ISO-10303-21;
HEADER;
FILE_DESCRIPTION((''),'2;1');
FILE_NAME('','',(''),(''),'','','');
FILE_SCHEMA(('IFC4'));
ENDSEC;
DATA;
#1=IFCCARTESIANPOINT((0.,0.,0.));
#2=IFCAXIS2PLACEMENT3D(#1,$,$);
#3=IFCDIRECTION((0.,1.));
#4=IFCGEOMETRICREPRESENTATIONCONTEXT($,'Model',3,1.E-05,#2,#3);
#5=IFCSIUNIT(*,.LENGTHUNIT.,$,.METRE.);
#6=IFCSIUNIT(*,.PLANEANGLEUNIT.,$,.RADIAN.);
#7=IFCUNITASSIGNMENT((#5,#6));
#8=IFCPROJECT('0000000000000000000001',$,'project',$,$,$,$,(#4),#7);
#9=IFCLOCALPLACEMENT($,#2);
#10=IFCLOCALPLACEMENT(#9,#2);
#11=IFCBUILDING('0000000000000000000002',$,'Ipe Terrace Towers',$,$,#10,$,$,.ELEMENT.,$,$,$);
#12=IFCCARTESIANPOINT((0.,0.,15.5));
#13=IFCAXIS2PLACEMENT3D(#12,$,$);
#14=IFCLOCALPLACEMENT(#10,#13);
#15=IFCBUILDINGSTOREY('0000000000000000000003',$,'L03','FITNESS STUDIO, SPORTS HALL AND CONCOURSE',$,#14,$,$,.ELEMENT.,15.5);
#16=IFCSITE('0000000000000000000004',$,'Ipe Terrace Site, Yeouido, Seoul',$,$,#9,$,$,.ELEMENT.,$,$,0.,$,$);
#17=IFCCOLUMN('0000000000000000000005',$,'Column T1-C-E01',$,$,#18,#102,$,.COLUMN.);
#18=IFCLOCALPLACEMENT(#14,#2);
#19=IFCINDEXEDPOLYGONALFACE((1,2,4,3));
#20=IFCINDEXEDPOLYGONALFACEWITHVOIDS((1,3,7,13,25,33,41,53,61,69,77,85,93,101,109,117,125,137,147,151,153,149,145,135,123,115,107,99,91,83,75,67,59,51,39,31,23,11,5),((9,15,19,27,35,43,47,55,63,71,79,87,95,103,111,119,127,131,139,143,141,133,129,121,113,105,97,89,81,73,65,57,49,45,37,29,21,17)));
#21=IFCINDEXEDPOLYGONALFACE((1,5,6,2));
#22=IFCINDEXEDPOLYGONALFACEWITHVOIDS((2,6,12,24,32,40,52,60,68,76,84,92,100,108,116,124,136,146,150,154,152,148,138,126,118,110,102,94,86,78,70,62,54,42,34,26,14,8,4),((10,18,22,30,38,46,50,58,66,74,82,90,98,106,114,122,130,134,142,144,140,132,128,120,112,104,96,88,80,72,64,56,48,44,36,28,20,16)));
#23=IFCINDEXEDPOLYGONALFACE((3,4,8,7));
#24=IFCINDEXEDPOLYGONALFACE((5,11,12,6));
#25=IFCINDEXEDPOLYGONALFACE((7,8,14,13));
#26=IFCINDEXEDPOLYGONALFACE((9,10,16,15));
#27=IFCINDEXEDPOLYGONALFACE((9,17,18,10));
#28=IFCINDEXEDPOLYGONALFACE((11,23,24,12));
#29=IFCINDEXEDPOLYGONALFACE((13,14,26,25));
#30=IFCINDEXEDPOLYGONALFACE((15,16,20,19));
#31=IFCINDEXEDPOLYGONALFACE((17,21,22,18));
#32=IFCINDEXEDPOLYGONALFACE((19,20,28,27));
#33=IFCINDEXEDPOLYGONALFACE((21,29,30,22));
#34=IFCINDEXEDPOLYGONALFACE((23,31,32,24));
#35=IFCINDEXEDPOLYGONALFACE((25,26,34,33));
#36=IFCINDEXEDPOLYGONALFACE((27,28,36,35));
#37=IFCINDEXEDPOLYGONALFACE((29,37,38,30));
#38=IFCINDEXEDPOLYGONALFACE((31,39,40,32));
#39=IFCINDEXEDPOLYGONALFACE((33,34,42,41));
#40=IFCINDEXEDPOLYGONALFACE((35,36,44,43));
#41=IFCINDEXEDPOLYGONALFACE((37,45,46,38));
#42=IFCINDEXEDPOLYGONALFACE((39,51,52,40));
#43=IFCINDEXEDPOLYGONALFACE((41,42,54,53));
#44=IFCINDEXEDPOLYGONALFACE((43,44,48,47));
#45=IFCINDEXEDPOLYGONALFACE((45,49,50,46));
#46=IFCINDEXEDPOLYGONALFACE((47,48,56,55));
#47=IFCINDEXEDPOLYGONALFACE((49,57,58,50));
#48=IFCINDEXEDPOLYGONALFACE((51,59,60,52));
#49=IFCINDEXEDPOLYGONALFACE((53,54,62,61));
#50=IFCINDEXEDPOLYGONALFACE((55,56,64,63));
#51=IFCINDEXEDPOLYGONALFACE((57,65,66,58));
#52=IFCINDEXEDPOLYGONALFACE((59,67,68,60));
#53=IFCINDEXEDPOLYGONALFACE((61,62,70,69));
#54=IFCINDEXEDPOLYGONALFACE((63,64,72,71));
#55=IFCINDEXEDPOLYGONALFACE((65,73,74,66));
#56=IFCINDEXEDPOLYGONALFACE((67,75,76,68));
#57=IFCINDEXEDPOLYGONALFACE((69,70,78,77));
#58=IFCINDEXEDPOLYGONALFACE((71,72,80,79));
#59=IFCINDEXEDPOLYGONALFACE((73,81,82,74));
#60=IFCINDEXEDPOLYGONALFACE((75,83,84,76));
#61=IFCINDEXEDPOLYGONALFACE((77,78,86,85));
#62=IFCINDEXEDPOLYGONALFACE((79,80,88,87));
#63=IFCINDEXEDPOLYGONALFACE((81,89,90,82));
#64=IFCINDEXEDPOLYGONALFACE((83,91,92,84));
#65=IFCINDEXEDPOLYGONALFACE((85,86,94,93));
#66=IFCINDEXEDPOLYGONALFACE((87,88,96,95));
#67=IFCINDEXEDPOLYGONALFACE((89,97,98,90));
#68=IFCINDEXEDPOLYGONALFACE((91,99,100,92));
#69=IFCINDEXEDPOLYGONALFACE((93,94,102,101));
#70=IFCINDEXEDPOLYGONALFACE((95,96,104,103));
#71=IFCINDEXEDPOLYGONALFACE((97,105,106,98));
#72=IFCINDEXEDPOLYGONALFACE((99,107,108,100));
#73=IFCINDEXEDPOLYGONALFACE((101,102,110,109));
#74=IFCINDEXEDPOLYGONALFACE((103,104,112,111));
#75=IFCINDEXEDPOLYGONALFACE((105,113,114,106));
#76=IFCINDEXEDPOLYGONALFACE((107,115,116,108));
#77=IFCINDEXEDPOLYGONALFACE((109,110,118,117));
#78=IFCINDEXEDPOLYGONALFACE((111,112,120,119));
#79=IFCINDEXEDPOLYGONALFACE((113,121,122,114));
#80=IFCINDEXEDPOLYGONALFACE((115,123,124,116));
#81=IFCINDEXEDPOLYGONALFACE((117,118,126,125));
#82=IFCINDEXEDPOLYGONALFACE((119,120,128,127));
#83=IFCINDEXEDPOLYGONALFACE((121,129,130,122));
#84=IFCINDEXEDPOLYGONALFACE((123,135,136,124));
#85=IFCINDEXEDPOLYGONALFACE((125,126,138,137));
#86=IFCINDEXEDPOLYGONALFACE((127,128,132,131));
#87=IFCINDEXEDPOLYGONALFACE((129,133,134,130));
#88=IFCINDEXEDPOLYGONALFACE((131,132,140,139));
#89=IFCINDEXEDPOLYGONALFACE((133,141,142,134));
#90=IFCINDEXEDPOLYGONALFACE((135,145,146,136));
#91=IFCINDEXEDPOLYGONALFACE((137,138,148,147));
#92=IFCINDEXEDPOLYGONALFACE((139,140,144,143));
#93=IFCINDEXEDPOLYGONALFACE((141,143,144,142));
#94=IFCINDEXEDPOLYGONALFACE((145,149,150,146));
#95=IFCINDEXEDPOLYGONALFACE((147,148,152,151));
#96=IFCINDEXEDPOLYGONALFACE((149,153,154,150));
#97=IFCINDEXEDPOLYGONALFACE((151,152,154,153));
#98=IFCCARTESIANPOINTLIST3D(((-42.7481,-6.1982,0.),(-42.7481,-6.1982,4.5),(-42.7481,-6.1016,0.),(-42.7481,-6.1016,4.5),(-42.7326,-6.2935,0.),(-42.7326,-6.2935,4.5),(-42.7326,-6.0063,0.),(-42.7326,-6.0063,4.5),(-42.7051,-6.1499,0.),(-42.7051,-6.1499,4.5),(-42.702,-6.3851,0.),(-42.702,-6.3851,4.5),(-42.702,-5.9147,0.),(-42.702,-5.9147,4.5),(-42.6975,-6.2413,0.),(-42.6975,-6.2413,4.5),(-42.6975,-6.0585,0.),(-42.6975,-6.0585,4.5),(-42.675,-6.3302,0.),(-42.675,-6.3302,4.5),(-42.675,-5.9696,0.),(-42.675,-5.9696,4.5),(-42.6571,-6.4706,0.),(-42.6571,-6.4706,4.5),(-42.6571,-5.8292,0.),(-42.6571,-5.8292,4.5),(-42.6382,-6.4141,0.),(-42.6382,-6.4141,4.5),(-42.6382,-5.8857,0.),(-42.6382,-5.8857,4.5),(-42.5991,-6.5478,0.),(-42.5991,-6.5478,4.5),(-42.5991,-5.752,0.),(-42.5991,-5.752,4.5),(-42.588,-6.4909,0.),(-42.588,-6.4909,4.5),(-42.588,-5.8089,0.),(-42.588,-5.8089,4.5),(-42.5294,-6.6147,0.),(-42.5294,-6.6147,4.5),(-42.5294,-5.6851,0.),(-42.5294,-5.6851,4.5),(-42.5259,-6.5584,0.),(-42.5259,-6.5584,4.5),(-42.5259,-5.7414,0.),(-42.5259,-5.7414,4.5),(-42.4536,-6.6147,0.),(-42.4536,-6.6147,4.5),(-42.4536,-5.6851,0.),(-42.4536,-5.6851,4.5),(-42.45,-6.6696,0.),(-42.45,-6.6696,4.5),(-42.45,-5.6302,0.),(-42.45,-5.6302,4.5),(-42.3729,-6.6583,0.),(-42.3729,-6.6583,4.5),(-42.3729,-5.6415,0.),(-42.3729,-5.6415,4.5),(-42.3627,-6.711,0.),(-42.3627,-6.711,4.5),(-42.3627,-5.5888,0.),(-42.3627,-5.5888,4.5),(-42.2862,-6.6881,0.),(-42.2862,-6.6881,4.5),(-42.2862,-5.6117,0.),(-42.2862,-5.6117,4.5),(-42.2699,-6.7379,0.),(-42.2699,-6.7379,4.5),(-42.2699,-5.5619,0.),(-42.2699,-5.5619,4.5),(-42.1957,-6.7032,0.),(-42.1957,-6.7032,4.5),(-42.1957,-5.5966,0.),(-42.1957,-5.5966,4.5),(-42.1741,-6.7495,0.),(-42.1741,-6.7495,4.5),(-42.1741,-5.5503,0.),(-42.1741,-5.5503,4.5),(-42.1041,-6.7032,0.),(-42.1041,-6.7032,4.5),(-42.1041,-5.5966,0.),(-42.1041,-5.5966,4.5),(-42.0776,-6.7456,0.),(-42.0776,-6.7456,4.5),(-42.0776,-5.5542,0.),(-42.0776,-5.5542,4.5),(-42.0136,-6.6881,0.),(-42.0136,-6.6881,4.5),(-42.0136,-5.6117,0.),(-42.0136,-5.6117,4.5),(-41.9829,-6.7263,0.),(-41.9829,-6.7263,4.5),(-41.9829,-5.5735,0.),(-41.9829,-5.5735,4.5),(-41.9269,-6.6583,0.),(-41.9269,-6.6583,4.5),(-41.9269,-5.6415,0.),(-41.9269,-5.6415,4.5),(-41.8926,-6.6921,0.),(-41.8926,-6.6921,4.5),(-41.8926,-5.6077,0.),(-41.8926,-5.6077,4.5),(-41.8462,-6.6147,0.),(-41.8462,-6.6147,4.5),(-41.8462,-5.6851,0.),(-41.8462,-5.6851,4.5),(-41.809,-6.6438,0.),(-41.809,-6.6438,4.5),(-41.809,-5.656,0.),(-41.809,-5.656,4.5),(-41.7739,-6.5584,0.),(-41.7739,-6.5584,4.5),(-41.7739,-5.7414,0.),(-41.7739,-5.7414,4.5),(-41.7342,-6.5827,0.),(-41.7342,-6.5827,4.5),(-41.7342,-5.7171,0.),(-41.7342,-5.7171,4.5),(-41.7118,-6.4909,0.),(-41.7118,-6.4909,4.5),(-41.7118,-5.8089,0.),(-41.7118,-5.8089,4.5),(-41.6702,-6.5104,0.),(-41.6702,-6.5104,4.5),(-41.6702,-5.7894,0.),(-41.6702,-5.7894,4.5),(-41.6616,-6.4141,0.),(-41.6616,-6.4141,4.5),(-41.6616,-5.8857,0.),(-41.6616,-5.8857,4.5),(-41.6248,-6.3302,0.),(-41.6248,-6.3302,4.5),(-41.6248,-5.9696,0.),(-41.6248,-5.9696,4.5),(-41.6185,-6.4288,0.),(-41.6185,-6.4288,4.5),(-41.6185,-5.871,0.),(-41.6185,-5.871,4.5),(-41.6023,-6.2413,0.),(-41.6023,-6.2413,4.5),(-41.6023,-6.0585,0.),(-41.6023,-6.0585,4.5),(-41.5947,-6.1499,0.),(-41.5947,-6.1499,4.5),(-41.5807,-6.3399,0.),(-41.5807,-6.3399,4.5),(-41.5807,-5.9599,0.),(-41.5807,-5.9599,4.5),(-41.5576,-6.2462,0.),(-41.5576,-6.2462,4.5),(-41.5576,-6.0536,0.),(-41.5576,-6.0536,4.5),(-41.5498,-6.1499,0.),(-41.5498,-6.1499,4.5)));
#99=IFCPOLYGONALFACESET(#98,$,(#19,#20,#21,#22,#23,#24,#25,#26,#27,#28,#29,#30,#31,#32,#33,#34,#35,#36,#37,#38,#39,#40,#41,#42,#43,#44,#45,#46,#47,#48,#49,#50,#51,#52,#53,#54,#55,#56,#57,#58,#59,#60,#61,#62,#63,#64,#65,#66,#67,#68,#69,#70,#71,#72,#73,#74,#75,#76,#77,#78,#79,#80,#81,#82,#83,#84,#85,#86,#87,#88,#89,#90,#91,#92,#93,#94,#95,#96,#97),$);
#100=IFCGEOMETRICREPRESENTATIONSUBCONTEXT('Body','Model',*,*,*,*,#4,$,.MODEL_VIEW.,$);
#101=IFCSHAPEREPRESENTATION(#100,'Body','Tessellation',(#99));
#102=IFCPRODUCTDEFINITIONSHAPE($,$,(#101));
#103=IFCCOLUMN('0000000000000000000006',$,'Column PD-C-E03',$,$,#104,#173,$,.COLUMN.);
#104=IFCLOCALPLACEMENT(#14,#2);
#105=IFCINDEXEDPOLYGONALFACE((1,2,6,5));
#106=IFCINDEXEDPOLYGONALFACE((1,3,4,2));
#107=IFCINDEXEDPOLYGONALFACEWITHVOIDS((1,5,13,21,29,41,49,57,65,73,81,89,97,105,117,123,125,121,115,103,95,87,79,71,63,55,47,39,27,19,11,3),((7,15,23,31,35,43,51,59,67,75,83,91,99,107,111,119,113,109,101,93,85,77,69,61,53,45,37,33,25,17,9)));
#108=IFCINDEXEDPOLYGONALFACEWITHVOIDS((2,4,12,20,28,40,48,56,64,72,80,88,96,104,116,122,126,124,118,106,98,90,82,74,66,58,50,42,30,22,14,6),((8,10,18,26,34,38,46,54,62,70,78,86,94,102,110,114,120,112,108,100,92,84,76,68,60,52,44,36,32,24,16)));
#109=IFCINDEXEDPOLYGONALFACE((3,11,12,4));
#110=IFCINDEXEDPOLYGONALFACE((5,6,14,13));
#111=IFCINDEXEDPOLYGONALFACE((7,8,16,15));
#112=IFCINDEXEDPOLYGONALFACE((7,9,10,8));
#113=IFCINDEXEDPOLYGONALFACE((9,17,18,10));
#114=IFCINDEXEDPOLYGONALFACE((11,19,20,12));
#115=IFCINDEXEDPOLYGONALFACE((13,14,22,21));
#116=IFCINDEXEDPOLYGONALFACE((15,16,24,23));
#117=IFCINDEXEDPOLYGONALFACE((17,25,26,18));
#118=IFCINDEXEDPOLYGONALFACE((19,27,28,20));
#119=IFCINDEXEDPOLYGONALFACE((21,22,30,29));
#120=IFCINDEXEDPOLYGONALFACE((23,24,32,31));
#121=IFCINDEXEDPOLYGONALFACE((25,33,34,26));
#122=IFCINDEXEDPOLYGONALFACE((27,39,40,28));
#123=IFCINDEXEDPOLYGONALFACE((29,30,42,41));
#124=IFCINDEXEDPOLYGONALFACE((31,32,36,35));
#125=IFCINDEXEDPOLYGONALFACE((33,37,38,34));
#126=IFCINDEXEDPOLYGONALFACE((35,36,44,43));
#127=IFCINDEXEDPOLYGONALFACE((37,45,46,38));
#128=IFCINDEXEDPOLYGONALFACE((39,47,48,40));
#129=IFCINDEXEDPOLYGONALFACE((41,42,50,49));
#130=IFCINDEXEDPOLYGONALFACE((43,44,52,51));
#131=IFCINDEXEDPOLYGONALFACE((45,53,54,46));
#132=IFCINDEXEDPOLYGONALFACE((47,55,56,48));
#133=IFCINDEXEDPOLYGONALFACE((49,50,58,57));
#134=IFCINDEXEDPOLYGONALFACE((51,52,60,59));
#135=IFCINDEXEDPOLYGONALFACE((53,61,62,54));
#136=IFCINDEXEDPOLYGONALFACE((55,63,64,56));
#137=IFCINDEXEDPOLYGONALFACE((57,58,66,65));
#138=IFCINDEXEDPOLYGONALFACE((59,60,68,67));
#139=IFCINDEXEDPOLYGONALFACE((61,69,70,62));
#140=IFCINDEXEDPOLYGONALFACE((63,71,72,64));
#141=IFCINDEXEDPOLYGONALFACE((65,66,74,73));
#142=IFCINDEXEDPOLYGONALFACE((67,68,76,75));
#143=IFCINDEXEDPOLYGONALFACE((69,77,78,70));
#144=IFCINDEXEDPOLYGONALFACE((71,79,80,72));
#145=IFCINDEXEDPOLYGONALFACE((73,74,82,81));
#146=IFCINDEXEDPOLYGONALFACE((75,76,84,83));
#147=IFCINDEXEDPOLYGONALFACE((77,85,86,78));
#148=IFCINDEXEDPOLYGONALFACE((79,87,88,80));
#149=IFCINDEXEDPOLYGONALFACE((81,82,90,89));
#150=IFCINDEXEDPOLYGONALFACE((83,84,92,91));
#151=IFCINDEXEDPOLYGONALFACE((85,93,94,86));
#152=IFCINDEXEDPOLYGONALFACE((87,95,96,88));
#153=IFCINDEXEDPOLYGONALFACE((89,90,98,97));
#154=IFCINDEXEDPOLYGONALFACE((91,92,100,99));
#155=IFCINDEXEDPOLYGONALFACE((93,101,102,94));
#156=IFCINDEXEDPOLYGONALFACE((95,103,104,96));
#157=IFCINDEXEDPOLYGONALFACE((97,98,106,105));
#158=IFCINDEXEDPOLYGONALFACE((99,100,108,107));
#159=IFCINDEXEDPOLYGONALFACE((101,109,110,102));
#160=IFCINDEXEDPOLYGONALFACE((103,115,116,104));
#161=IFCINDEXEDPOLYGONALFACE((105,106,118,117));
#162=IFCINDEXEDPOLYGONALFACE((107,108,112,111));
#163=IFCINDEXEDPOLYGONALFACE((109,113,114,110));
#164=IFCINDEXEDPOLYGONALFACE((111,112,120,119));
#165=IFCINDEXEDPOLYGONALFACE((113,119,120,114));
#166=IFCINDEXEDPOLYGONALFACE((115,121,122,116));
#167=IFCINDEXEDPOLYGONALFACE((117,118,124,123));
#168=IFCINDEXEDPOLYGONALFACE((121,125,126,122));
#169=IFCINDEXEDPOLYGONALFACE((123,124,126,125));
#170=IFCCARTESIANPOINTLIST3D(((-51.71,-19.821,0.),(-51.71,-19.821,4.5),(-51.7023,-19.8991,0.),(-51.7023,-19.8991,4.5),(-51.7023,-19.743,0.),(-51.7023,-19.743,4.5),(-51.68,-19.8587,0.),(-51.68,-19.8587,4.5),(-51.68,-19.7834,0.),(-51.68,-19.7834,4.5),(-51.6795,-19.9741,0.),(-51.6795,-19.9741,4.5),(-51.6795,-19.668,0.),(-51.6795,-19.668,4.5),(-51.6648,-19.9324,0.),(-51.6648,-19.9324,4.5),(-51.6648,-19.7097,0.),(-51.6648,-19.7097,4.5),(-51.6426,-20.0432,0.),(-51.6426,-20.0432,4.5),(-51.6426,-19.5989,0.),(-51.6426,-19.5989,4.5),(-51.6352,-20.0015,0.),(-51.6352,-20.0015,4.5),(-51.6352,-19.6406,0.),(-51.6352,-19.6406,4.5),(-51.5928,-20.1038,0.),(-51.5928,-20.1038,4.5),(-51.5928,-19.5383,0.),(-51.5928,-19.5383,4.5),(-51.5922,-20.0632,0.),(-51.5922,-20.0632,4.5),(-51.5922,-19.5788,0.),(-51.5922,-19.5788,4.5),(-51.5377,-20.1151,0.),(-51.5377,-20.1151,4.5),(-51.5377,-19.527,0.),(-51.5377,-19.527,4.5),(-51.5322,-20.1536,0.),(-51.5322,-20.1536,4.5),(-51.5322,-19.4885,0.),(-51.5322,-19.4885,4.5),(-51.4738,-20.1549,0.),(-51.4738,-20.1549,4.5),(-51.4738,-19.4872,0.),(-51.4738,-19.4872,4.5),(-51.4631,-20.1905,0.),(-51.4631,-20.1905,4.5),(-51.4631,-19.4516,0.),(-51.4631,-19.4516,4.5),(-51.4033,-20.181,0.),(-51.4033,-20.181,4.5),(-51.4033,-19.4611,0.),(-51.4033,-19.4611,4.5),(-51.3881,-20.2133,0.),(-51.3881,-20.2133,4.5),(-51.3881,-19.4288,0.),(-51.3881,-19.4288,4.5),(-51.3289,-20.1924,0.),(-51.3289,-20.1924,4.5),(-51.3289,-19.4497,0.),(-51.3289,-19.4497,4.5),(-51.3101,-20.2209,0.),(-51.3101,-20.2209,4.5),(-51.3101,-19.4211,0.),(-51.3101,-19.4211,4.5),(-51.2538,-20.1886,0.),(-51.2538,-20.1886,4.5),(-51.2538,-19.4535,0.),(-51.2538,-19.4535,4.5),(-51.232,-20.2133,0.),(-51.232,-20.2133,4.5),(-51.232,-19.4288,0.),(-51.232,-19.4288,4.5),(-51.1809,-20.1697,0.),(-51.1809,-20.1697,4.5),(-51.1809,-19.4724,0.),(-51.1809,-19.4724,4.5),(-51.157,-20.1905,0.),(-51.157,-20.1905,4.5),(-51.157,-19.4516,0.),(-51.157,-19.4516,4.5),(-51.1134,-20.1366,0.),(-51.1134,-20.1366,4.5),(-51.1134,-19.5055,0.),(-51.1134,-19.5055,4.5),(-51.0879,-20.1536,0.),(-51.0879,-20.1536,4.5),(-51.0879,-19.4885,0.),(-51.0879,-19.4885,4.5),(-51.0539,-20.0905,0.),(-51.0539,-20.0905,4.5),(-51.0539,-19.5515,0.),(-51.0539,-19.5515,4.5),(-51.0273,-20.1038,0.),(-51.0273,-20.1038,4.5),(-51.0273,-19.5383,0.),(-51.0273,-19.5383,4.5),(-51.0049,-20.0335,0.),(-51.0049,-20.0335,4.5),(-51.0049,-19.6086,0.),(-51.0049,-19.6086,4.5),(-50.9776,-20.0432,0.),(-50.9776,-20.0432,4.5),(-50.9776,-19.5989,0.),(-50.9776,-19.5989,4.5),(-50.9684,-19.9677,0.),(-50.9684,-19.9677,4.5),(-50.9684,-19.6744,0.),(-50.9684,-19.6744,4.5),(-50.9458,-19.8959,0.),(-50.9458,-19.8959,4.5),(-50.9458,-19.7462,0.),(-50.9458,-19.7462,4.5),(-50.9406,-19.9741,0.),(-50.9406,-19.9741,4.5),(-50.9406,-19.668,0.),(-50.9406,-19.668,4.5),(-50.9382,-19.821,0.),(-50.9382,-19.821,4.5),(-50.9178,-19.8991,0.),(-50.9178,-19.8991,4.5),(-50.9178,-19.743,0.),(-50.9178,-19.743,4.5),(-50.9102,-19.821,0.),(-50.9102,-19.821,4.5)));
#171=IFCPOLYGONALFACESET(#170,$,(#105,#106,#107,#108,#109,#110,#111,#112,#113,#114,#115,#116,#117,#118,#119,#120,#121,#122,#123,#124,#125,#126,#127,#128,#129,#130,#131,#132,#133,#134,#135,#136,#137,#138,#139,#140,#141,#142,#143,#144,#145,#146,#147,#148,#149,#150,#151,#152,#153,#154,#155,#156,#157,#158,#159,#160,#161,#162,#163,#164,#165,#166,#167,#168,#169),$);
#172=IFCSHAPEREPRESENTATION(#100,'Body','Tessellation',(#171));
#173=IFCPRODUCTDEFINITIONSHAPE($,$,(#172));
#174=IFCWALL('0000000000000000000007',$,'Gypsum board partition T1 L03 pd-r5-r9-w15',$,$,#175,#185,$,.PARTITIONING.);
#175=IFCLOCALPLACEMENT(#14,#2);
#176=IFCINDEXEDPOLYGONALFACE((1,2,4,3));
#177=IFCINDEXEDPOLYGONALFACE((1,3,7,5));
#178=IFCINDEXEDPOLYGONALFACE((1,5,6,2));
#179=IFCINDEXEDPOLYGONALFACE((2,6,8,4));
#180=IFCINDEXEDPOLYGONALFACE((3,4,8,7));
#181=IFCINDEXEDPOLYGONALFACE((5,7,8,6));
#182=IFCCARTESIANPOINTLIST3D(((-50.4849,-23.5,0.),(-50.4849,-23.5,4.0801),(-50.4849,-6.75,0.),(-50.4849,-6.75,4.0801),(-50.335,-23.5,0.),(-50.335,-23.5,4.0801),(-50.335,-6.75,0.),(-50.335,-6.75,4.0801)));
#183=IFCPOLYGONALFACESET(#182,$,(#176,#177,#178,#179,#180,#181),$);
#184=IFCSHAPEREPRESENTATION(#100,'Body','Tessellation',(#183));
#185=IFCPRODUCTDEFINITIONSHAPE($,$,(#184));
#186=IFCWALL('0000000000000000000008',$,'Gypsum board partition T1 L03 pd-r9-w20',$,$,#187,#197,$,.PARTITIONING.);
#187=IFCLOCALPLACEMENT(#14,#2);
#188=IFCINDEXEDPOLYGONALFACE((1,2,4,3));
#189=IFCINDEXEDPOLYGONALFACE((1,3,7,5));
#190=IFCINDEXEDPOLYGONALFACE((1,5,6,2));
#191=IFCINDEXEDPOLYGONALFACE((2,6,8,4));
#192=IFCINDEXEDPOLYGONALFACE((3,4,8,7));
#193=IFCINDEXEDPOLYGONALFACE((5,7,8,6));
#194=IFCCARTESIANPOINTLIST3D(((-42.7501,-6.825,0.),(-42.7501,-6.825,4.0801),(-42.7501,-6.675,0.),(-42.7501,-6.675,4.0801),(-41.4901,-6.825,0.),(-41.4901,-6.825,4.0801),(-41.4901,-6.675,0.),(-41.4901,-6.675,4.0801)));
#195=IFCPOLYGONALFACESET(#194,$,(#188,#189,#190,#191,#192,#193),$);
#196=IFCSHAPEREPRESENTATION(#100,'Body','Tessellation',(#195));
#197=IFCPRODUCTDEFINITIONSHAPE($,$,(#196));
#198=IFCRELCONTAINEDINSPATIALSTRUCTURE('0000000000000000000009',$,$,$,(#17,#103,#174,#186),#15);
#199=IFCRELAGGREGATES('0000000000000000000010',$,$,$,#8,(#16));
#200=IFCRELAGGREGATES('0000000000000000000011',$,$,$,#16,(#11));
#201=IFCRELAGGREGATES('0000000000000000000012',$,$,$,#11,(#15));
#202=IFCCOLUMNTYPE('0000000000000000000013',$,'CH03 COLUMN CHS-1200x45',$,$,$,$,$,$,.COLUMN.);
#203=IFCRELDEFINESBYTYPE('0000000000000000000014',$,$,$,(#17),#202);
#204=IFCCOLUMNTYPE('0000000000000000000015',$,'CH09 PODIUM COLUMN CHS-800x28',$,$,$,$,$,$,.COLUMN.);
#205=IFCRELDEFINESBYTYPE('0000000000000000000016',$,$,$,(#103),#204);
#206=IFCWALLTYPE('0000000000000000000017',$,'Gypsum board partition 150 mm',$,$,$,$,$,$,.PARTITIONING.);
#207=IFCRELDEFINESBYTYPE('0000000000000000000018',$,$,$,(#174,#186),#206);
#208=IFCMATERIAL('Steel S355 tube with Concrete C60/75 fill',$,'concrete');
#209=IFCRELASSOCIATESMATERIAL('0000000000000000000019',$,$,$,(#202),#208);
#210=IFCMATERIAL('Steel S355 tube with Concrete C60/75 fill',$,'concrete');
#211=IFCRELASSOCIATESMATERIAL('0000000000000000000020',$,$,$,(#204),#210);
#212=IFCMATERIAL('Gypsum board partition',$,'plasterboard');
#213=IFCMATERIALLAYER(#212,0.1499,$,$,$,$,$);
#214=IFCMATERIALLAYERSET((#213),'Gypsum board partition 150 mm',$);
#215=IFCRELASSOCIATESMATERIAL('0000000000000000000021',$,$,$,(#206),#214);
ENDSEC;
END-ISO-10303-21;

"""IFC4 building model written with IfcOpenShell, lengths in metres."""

from ifc_helpers import new_model, si_unit, direction, frame, frame_2d, origin, origin_2d, place, context, subcontext, project, spatial, rectangle, hollow_circle, extrude, material, layer, layer_set, material_profile, profile_set, type_object, element, save


model = new_model("IFC4")

# Units and contexts
model_context = context("Model", 3, precision=1e-05, world=origin(), true_north=direction((0.0, 1.0)))
body_context = subcontext(model_context, "Body", "Model", "MODEL_VIEW")
ifc_project = project(units=[si_unit("LENGTHUNIT", "METRE"), si_unit("PLANEANGLEUNIT", "RADIAN")], contexts=[model_context])

# Site, building, storey
site_placement = place(None, origin())
site = spatial("IfcSite", under=ifc_project, at=site_placement, Name="Ipe Terrace Site, Yeouido, Seoul", CompositionType="ELEMENT", RefElevation=0.0)
building_placement = place(site_placement, origin())
building = spatial("IfcBuilding", under=site, at=building_placement, Name="Ipe Terrace Towers", CompositionType="ELEMENT")
storey_placement = place(building_placement, frame((0.0, 0.0, 15.5)))
storey = spatial("IfcBuildingStorey", under=building, at=storey_placement, Name="L03", Description="FITNESS STUDIO, SPORTS HALL AND CONCOURSE", CompositionType="ELEMENT", Elevation=15.5)

# Columns
ifc_material_1 = material(Name="Steel S355 tube with Concrete C60/75 fill", Category="concrete")
ifc_material_profile_1 = material_profile(ifc_material_1, hollow_circle(Radius=0.6001, WallThickness=0.0449, at=origin_2d()), Name="CHS-1200x45")
ifc_profile_set_1 = profile_set([ifc_material_profile_1], Name="Steel S355 tube with Concrete C60/75 fill")
column_type_1 = type_object("IfcColumnType", Name="CH03 COLUMN CHS-1200x45", PredefinedType="COLUMN", material=ifc_profile_set_1)
column_1_placement = place(storey_placement, frame((-42.1499, -6.1499, 0.0), z_axis=(0.0, 0.0, 1.0), x_axis=(1.0, 0.0, 0.0)))
element("IfcColumn", 1, at=column_1_placement, inside=storey, type_object=column_type_1, Name="Column T1-C-E01", PredefinedType="COLUMN", context=body_context, shape_type="SweptSolid", body=[
    extrude(hollow_circle(Radius=0.6001, WallThickness=0.0449, at=origin_2d()), origin(), (0.0, 0.0, 1.0), 4.5),
])
ifc_material_2 = material(Name="Steel S355 tube with Concrete C60/75 fill", Category="concrete")
ifc_material_profile_2 = material_profile(ifc_material_2, hollow_circle(Radius=0.3999, WallThickness=0.0281, at=origin_2d()), Name="CHS-800x28")
ifc_profile_set_2 = profile_set([ifc_material_profile_2], Name="Steel S355 tube with Concrete C60/75 fill")
column_type_2 = type_object("IfcColumnType", Name="CH09 PODIUM COLUMN CHS-800x28", PredefinedType="COLUMN", material=ifc_profile_set_2)
column_2_placement = place(storey_placement, frame((-51.3101, -19.821, 0.0), z_axis=(0.0, 0.0, 1.0), x_axis=(1.0, 0.0, 0.0)))
element("IfcColumn", 2, at=column_2_placement, inside=storey, type_object=column_type_2, Name="Column PD-C-E03", PredefinedType="COLUMN", context=body_context, shape_type="SweptSolid", body=[
    extrude(hollow_circle(Radius=0.3999, WallThickness=0.0281, at=origin_2d()), origin(), (0.0, 0.0, 1.0), 4.5),
])

# Walls
ifc_material_3 = material(Name="Gypsum board partition", Category="plasterboard")
ifc_layer_1 = layer(ifc_material_3, 0.1499)
ifc_layer_set_1 = layer_set([ifc_layer_1], Name="Gypsum board partition 150 mm")
wall_type_1 = type_object("IfcWallType", Name="Gypsum board partition 150 mm", PredefinedType="PARTITIONING", material=ifc_layer_set_1)
wall_1_placement = place(storey_placement, frame((-50.4099, -6.75, 0.0), z_axis=(0.0, 0.0, 1.0), x_axis=(0.0, -1.0, 0.0)))
element("IfcWall", 3, at=wall_1_placement, inside=storey, type_object=wall_type_1, Name="Gypsum board partition T1 L03 pd-r5-r9-w15", PredefinedType="PARTITIONING", context=body_context, shape_type="SweptSolid", body=[
    extrude(rectangle(XDim=16.75, YDim=0.1499, at=frame_2d((8.375, 0.0))), origin(), (0.0, 0.0, 1.0), 4.0801),
])
wall_2_placement = place(storey_placement, frame((-42.75, -6.75, 0.0), z_axis=(0.0, 0.0, 1.0), x_axis=(1.0, 0.0, 0.0)))
element("IfcWall", 4, at=wall_2_placement, inside=storey, type_object=wall_type_1, Name="Gypsum board partition T1 L03 pd-r9-w20", PredefinedType="PARTITIONING", context=body_context, shape_type="SweptSolid", body=[
    extrude(rectangle(XDim=1.26, YDim=0.1499, at=frame_2d((0.6299, 0.0))), origin(), (0.0, 0.0, 1.0), 4.0801),
])

save(model, "model.ifc")
